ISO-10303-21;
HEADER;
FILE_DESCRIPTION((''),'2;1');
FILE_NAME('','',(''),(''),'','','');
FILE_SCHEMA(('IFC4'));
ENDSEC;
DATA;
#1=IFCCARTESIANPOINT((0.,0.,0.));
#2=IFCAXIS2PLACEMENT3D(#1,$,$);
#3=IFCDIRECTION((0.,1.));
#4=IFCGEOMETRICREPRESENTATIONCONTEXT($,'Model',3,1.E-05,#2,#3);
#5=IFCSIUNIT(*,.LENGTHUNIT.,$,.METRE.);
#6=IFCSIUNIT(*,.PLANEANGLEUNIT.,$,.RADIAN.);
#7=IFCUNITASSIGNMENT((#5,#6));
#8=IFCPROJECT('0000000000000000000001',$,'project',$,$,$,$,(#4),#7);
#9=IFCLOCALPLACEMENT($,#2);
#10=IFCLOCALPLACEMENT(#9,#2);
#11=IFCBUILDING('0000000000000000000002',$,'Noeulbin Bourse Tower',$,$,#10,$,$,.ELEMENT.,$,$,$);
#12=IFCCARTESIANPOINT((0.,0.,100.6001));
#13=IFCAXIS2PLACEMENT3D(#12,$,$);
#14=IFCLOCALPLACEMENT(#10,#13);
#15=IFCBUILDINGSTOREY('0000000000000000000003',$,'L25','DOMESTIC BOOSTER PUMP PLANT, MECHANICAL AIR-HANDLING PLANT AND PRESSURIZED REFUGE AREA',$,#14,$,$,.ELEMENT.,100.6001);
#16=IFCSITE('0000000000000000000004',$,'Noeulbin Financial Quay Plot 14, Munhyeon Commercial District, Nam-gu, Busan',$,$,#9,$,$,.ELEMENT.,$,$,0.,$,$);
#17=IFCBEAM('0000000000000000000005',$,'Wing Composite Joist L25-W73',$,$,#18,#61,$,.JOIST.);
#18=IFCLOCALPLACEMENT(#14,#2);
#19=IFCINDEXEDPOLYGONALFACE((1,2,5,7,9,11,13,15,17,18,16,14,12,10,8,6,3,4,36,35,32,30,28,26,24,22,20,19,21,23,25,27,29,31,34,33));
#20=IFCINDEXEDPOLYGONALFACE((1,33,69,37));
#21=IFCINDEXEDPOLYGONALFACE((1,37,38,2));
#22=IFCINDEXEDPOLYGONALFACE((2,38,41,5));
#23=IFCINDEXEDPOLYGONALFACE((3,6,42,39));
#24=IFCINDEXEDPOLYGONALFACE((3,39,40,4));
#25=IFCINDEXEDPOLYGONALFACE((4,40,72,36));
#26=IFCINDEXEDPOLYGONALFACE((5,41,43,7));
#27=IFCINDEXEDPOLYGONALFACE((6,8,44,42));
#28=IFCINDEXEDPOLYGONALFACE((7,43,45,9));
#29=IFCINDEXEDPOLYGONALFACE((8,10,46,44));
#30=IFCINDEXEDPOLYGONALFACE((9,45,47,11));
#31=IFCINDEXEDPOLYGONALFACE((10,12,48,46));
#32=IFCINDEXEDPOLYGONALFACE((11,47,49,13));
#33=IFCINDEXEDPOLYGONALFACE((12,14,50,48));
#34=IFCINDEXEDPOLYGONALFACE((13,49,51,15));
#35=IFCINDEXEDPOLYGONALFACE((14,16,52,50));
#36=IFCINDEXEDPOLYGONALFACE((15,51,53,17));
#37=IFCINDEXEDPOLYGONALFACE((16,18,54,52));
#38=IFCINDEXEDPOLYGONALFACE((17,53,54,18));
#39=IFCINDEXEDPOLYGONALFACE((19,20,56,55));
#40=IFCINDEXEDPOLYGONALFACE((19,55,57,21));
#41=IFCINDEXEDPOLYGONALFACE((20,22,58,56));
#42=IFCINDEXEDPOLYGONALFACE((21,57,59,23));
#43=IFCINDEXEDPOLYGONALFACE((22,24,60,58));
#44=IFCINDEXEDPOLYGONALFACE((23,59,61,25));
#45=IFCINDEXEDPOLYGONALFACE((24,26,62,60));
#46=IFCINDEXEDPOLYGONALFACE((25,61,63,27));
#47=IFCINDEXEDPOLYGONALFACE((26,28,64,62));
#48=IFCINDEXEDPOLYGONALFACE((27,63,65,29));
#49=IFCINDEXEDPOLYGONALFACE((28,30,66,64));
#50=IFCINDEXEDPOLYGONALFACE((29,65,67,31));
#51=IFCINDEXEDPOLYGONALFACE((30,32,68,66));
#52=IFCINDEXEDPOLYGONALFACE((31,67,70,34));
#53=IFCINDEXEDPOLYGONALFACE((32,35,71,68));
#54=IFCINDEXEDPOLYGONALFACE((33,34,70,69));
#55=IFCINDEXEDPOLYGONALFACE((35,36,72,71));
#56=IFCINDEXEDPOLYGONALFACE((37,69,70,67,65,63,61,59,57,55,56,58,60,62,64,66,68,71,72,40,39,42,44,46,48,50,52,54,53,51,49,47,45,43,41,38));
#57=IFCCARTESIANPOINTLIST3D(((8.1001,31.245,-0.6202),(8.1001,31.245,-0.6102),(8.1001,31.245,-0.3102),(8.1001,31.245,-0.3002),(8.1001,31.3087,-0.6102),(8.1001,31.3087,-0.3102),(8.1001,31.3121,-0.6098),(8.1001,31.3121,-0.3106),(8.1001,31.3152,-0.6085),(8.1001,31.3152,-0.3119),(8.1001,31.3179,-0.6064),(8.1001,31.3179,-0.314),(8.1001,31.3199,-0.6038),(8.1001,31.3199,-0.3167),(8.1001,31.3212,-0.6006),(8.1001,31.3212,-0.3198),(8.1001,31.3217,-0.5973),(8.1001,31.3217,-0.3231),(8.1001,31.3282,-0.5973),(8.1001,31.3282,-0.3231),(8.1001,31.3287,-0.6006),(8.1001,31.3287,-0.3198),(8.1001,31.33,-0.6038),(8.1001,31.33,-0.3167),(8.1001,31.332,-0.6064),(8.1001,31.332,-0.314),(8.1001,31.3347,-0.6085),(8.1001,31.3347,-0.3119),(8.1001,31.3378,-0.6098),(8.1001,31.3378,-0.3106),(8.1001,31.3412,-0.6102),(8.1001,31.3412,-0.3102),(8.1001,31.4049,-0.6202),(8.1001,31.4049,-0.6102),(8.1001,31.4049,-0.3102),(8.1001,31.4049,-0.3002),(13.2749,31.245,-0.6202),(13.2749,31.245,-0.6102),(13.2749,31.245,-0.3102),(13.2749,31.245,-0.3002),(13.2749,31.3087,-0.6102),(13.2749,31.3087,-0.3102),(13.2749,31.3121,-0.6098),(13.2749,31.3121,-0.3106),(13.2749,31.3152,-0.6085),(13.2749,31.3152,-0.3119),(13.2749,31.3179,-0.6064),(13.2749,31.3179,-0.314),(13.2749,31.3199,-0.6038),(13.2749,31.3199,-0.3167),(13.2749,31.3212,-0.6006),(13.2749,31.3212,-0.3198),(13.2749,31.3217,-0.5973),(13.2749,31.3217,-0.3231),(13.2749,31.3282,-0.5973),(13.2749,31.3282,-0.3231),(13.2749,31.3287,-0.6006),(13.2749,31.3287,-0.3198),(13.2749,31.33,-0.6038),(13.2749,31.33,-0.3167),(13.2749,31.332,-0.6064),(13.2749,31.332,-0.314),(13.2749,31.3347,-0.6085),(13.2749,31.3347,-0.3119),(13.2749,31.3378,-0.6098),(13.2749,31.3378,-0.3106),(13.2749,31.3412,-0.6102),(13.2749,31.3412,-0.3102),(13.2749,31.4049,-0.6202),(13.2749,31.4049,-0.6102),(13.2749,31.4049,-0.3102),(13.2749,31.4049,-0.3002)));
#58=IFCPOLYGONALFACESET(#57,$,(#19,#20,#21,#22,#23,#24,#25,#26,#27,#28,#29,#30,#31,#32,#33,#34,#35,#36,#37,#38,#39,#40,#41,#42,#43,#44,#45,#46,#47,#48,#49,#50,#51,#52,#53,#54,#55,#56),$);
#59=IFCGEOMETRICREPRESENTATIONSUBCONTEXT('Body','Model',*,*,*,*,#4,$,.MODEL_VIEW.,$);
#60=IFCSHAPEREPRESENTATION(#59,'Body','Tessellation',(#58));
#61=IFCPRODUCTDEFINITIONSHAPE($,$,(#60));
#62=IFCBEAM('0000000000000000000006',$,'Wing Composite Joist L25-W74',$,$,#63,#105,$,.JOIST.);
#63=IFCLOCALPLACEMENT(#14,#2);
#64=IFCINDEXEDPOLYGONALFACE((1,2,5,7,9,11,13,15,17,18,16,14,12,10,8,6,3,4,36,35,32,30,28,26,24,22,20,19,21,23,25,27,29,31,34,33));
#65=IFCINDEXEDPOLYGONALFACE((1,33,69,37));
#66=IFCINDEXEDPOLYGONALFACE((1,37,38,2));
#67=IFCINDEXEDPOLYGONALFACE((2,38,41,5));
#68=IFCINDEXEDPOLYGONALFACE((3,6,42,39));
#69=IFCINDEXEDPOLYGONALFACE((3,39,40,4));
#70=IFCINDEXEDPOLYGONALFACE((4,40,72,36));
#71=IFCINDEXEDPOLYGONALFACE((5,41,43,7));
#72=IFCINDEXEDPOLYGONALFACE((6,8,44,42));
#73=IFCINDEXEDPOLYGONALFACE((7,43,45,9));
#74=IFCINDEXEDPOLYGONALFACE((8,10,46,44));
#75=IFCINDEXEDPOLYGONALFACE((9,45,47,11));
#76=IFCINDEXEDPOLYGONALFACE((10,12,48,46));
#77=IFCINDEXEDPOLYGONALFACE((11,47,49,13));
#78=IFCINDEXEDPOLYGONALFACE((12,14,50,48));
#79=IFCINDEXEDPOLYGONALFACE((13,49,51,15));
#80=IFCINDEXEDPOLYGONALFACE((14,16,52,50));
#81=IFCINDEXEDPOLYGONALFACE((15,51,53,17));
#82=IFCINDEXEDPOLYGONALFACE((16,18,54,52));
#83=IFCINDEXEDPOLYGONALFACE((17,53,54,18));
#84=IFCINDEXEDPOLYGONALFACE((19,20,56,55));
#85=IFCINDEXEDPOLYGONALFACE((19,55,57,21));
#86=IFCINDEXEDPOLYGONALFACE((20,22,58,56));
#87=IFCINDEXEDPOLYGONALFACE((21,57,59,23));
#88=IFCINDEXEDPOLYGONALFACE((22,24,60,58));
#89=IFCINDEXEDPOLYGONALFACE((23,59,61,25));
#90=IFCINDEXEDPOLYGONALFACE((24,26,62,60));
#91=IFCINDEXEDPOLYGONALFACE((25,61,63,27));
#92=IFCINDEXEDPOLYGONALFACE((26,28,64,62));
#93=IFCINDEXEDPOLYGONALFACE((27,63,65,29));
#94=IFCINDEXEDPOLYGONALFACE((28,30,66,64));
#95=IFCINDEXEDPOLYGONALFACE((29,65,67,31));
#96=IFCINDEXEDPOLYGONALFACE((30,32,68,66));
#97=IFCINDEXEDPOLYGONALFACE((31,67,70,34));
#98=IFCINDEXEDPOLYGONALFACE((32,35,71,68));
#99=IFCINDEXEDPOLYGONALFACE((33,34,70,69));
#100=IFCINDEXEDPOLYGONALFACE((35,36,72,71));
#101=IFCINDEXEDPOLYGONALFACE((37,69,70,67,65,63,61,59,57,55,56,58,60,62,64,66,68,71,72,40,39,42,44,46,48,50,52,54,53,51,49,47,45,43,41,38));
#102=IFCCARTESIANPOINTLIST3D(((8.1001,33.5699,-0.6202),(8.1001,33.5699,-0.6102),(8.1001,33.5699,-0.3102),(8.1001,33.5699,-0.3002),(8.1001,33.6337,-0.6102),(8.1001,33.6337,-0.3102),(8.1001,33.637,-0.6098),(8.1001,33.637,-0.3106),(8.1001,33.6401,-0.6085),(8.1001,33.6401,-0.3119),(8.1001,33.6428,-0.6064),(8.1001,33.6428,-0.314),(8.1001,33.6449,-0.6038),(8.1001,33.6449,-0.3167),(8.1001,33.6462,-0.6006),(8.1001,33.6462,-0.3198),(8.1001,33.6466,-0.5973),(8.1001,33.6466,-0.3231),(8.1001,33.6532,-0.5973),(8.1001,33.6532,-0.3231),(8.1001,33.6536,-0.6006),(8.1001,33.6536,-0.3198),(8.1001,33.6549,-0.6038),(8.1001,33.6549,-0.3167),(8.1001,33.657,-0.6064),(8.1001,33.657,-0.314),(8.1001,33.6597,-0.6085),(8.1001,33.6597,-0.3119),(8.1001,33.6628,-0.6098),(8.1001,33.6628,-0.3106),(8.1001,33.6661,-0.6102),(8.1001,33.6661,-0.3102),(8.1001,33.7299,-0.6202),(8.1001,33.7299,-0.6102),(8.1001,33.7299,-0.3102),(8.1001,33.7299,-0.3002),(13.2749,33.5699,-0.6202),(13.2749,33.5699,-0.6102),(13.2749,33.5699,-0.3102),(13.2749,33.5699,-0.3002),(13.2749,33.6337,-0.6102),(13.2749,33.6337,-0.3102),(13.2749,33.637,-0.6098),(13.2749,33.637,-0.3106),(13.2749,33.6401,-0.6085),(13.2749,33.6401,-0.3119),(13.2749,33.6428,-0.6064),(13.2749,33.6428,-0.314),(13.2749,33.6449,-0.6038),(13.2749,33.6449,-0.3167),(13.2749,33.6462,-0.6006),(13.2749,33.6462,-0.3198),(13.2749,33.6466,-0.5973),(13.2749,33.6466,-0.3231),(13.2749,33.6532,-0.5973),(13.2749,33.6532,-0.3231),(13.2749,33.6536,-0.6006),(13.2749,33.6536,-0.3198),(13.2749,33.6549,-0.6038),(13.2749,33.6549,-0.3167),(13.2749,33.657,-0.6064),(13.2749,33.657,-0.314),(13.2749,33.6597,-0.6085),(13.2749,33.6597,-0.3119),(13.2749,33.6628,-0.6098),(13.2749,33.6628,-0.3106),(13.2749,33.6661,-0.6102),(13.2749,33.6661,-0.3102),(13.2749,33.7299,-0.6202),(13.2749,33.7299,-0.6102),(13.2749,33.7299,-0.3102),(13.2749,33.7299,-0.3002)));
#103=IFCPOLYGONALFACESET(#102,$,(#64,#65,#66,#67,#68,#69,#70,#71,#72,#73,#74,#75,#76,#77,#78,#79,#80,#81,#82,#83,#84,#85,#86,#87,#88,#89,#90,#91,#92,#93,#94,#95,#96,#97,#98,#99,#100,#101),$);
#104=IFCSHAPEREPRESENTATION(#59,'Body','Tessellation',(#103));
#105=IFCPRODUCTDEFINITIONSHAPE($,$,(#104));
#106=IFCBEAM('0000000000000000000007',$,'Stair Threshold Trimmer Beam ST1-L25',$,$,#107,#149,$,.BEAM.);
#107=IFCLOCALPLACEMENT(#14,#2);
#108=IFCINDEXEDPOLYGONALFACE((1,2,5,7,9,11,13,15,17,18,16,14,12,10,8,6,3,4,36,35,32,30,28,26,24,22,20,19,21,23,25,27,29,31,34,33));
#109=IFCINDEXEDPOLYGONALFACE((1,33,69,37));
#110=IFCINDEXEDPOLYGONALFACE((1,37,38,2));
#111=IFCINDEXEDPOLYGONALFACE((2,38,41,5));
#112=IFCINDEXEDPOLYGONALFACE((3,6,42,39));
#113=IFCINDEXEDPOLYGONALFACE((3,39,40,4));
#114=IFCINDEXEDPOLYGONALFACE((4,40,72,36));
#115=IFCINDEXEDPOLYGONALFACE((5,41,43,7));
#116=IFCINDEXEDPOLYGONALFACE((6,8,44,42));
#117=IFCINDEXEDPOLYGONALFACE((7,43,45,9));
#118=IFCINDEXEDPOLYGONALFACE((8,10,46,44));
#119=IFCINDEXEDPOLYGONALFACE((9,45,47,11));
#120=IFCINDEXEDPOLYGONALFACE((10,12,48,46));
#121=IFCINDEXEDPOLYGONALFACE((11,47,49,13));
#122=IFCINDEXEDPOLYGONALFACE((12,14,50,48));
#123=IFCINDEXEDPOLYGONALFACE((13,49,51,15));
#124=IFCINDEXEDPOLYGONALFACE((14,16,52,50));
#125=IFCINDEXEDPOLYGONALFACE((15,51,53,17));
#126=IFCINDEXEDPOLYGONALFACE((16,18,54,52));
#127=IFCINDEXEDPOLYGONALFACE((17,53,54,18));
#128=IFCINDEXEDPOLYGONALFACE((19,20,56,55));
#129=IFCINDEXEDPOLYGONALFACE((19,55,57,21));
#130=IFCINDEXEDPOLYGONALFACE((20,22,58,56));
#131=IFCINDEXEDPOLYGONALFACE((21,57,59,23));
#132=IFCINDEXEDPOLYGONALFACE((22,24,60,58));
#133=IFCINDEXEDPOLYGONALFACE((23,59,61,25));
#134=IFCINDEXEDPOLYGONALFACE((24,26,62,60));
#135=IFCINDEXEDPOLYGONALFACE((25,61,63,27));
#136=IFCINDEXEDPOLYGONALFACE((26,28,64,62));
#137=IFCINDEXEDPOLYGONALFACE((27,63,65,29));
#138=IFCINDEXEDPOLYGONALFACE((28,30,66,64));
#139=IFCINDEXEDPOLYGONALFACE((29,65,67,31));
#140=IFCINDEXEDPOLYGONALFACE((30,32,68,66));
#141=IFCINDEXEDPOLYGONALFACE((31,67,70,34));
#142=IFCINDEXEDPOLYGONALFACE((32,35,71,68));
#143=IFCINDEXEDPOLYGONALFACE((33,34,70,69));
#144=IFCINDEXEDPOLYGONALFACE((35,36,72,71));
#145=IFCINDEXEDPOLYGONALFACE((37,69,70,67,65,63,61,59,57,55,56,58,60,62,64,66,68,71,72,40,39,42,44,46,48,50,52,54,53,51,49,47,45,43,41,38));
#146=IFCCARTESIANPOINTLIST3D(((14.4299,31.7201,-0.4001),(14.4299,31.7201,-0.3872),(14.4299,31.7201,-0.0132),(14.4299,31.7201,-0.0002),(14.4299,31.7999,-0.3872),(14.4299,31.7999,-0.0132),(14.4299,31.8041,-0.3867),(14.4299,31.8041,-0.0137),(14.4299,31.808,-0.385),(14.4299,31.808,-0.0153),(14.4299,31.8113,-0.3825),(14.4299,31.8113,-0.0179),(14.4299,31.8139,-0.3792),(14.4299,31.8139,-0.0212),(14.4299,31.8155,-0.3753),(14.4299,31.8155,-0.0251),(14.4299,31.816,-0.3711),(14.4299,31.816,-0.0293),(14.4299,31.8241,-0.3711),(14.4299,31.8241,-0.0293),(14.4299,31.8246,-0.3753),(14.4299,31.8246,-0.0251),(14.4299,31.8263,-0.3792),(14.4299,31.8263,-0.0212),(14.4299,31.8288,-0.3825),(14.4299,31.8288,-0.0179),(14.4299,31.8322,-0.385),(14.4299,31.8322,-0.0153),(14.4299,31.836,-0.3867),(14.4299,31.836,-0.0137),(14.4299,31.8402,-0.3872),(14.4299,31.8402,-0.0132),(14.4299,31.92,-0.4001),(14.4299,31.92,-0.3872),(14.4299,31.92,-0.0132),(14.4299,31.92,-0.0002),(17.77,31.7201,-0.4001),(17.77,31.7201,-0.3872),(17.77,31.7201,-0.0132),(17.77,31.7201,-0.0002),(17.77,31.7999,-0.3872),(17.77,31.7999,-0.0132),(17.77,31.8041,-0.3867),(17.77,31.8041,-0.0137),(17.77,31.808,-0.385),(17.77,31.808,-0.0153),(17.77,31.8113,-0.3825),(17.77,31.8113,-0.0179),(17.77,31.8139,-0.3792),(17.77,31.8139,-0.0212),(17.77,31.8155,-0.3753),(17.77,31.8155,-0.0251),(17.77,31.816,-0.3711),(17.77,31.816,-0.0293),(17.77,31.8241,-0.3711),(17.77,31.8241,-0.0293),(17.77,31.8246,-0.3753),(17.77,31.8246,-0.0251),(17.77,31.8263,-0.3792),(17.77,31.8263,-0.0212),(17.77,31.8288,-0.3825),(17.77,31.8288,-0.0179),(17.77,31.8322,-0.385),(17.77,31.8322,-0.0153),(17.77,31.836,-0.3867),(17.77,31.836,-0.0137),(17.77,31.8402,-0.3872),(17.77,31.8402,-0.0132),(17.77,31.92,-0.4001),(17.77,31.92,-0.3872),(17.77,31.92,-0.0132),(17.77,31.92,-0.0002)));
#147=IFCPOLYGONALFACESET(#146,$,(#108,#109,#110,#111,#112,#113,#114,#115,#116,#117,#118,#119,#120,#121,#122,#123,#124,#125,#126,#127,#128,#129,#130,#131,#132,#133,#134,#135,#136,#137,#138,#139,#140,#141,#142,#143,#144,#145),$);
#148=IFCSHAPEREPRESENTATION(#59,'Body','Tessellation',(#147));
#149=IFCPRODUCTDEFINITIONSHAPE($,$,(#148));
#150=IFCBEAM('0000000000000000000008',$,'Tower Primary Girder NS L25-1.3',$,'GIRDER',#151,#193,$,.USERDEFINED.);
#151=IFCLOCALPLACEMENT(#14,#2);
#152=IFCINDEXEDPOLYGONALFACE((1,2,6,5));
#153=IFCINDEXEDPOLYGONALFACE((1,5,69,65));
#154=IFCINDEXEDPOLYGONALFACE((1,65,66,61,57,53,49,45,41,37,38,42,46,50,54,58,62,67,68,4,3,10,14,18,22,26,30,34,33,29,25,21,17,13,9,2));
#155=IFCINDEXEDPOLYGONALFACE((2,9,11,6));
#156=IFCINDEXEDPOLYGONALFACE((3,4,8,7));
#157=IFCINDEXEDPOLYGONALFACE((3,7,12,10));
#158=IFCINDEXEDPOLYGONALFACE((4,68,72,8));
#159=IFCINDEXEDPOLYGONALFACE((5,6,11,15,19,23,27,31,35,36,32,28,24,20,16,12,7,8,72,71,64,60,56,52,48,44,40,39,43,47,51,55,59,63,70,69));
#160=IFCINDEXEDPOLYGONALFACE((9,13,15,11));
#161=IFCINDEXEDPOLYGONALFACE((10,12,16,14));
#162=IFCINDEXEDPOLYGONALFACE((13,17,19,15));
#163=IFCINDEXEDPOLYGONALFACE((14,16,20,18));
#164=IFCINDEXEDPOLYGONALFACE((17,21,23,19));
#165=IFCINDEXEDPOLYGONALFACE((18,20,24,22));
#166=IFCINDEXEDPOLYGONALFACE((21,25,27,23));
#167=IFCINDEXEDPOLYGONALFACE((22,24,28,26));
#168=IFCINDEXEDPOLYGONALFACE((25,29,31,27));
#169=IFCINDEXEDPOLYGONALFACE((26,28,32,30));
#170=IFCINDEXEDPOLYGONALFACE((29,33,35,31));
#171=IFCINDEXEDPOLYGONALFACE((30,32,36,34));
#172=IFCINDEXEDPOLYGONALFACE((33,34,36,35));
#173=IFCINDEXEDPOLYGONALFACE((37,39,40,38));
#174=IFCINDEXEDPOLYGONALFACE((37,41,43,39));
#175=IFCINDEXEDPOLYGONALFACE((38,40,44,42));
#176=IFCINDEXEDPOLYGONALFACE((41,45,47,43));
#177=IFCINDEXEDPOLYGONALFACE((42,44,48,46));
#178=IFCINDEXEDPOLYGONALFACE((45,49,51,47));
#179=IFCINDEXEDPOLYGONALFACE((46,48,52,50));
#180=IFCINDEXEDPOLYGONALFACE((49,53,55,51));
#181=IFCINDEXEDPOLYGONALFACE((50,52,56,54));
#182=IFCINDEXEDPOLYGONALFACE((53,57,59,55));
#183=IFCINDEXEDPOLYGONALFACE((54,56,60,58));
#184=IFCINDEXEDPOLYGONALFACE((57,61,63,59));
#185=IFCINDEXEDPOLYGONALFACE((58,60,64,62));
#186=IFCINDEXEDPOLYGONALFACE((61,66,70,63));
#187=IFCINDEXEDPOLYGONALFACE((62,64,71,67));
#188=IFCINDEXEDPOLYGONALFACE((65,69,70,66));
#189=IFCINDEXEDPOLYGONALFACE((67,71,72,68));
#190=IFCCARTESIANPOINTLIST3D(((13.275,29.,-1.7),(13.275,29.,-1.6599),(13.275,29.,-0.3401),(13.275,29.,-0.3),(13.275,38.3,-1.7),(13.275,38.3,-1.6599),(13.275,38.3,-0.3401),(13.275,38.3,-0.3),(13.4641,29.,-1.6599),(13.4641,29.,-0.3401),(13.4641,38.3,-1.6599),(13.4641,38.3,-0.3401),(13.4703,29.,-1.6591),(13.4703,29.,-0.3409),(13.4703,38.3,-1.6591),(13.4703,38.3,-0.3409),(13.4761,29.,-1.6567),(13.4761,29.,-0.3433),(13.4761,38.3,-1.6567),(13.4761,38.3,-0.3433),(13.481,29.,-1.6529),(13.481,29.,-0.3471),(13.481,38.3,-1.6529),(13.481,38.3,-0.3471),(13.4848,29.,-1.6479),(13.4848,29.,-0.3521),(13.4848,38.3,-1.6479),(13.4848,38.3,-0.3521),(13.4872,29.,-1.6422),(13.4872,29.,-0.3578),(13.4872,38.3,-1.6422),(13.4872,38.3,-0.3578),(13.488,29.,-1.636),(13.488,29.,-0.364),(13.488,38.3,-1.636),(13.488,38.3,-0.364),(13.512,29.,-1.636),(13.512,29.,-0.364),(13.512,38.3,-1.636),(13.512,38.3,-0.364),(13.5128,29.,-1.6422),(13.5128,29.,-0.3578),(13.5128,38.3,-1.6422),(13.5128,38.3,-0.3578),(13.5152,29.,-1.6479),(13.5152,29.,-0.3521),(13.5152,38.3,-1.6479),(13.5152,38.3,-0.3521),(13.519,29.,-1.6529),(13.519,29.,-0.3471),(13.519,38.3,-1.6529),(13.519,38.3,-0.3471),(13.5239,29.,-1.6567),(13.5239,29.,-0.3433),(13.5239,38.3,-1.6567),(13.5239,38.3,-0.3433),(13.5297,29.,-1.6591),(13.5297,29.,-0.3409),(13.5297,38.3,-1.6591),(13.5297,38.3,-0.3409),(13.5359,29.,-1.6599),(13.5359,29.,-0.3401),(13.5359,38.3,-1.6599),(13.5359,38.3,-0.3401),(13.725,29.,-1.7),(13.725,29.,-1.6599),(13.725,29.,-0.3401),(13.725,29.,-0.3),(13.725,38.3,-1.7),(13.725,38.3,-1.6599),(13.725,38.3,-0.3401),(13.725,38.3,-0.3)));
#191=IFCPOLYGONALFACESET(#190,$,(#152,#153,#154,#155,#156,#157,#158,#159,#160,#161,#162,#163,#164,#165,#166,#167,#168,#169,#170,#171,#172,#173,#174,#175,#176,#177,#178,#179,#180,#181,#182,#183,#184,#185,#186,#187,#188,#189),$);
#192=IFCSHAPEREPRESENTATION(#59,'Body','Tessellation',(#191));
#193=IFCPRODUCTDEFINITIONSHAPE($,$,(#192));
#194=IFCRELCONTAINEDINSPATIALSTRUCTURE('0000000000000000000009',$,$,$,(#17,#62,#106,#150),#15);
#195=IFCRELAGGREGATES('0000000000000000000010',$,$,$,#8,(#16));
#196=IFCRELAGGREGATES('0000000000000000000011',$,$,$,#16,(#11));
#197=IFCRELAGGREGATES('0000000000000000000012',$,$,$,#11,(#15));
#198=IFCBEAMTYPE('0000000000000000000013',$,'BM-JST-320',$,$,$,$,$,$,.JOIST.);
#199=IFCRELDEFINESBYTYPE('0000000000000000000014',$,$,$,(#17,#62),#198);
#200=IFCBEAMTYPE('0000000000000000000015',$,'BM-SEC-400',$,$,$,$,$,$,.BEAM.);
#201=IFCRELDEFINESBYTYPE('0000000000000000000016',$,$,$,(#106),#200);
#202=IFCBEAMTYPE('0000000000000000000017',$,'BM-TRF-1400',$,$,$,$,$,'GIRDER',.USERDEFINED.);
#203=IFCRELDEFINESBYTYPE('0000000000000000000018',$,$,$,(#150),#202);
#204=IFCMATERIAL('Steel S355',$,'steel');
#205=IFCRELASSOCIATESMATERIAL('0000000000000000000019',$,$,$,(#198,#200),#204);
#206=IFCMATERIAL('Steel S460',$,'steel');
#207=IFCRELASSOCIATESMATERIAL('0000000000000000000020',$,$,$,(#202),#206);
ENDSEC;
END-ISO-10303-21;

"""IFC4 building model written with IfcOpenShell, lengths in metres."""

from ifc_helpers import new_model, si_unit, direction, frame, origin, origin_2d, place, context, subcontext, project, spatial, i_section, extrude, material, material_profile, profile_set, type_object, element, save


model = new_model("IFC4")

# Units and contexts
model_context = context("Model", 3, precision=1e-05, world=origin(), true_north=direction((0.0, 1.0)))
body_context = subcontext(model_context, "Body", "Model", "MODEL_VIEW")
ifc_project = project(units=[si_unit("LENGTHUNIT", "METRE"), si_unit("PLANEANGLEUNIT", "RADIAN")], contexts=[model_context])

# Site, building, storey
site_placement = place(None, origin())
site = spatial("IfcSite", under=ifc_project, at=site_placement, Name="Noeulbin Financial Quay Plot 14, Munhyeon Commercial District, Nam-gu, Busan", CompositionType="ELEMENT", RefElevation=0.0)
building_placement = place(site_placement, origin())
building = spatial("IfcBuilding", under=site, at=building_placement, Name="Noeulbin Bourse Tower", CompositionType="ELEMENT")
storey_placement = place(building_placement, frame((0.0, 0.0, 100.6001)))
storey = spatial("IfcBuildingStorey", under=building, at=storey_placement, Name="L25", Description="DOMESTIC BOOSTER PUMP PLANT, MECHANICAL AIR-HANDLING PLANT AND PRESSURIZED REFUGE AREA", CompositionType="ELEMENT", Elevation=100.6001)

# Beams
ifc_material_1 = material(Name="Steel S355", Category="steel")
ifc_material_profile_1 = material_profile(ifc_material_1, i_section(OverallWidth=0.1599, OverallDepth=0.3201, WebThickness=0.0066, FlangeThickness=0.01, FilletRadius=0.0129, at=origin_2d()), Name="H-320x160x6.5x10", Category="LoadBearing")
ifc_profile_set_1 = profile_set([ifc_material_profile_1], Name="Steel S355")
beam_type_1 = type_object("IfcBeamType", Name="BM-JST-320", PredefinedType="JOIST", material=ifc_profile_set_1)
for number, where, z_axis, x_axis, name in (
    (1, (8.1001, 31.325, -0.4602), (1.0, 0.0, 0.0), (0.0, 1.0, 0.0), "Wing Composite Joist L25-W73"),
    (2, (8.1001, 33.6499, -0.4602), (1.0, 0.0, 0.0), (0.0, 1.0, 0.0), "Wing Composite Joist L25-W74"),
):
    element("IfcBeam", number, at=place(storey_placement, frame(where, z_axis=z_axis, x_axis=x_axis)), inside=storey, type_object=beam_type_1, Name=name, PredefinedType="JOIST", context=body_context, shape_type="SweptSolid", body=[
        extrude(i_section(OverallWidth=0.1599, OverallDepth=0.3201, WebThickness=0.0066, FlangeThickness=0.01, FilletRadius=0.0129, at=origin_2d()), origin(), (0.0, 0.0, 1.0), 5.1748),
    ])
ifc_material_profile_2 = material_profile(ifc_material_1, i_section(OverallWidth=0.2, OverallDepth=0.3999, WebThickness=0.0081, FlangeThickness=0.0129, FilletRadius=0.0161, at=origin_2d()), Name="H-400x200x8x13", Category="LoadBearing")
ifc_profile_set_2 = profile_set([ifc_material_profile_2], Name="Steel S355")
beam_type_2 = type_object("IfcBeamType", Name="BM-SEC-400", PredefinedType="BEAM", material=ifc_profile_set_2)
beam_1_placement = place(storey_placement, frame((14.4299, 31.8201, -0.2002), z_axis=(1.0, 0.0, 0.0), x_axis=(0.0, 1.0, 0.0)))
element("IfcBeam", 3, at=beam_1_placement, inside=storey, type_object=beam_type_2, Name="Stair Threshold Trimmer Beam ST1-L25", PredefinedType="BEAM", context=body_context, shape_type="SweptSolid", body=[
    extrude(i_section(OverallWidth=0.2, OverallDepth=0.3999, WebThickness=0.0081, FlangeThickness=0.0129, FilletRadius=0.0161, at=origin_2d()), origin(), (0.0, 0.0, 1.0), 3.3401),
])
ifc_material_2 = material(Name="Steel S460", Category="steel")
ifc_material_profile_3 = material_profile(ifc_material_2, i_section(OverallWidth=0.45, OverallDepth=1.3999, WebThickness=0.0239, FlangeThickness=0.04, FilletRadius=0.0239, at=origin_2d()), Name="PG-1400x450x24x40", Category="LoadBearing")
ifc_profile_set_3 = profile_set([ifc_material_profile_3], Name="Steel S460")
beam_type_3 = type_object("IfcBeamType", Name="BM-TRF-1400", ElementType="GIRDER", PredefinedType="USERDEFINED", material=ifc_profile_set_3)
beam_2_placement = place(storey_placement, frame((13.5, 29.0, -1.0), z_axis=(0.0, 1.0, 0.0), x_axis=(-1.0, 0.0, 0.0)))
element("IfcBeam", 4, at=beam_2_placement, inside=storey, type_object=beam_type_3, Name="Tower Primary Girder NS L25-1.3", ObjectType="GIRDER", PredefinedType="USERDEFINED", context=body_context, shape_type="SweptSolid", body=[
    extrude(i_section(OverallWidth=0.45, OverallDepth=1.3999, WebThickness=0.0239, FlangeThickness=0.04, FilletRadius=0.0239, at=origin_2d()), origin(), (0.0, 0.0, 1.0), 9.3),
])

save(model, "model.ifc")
